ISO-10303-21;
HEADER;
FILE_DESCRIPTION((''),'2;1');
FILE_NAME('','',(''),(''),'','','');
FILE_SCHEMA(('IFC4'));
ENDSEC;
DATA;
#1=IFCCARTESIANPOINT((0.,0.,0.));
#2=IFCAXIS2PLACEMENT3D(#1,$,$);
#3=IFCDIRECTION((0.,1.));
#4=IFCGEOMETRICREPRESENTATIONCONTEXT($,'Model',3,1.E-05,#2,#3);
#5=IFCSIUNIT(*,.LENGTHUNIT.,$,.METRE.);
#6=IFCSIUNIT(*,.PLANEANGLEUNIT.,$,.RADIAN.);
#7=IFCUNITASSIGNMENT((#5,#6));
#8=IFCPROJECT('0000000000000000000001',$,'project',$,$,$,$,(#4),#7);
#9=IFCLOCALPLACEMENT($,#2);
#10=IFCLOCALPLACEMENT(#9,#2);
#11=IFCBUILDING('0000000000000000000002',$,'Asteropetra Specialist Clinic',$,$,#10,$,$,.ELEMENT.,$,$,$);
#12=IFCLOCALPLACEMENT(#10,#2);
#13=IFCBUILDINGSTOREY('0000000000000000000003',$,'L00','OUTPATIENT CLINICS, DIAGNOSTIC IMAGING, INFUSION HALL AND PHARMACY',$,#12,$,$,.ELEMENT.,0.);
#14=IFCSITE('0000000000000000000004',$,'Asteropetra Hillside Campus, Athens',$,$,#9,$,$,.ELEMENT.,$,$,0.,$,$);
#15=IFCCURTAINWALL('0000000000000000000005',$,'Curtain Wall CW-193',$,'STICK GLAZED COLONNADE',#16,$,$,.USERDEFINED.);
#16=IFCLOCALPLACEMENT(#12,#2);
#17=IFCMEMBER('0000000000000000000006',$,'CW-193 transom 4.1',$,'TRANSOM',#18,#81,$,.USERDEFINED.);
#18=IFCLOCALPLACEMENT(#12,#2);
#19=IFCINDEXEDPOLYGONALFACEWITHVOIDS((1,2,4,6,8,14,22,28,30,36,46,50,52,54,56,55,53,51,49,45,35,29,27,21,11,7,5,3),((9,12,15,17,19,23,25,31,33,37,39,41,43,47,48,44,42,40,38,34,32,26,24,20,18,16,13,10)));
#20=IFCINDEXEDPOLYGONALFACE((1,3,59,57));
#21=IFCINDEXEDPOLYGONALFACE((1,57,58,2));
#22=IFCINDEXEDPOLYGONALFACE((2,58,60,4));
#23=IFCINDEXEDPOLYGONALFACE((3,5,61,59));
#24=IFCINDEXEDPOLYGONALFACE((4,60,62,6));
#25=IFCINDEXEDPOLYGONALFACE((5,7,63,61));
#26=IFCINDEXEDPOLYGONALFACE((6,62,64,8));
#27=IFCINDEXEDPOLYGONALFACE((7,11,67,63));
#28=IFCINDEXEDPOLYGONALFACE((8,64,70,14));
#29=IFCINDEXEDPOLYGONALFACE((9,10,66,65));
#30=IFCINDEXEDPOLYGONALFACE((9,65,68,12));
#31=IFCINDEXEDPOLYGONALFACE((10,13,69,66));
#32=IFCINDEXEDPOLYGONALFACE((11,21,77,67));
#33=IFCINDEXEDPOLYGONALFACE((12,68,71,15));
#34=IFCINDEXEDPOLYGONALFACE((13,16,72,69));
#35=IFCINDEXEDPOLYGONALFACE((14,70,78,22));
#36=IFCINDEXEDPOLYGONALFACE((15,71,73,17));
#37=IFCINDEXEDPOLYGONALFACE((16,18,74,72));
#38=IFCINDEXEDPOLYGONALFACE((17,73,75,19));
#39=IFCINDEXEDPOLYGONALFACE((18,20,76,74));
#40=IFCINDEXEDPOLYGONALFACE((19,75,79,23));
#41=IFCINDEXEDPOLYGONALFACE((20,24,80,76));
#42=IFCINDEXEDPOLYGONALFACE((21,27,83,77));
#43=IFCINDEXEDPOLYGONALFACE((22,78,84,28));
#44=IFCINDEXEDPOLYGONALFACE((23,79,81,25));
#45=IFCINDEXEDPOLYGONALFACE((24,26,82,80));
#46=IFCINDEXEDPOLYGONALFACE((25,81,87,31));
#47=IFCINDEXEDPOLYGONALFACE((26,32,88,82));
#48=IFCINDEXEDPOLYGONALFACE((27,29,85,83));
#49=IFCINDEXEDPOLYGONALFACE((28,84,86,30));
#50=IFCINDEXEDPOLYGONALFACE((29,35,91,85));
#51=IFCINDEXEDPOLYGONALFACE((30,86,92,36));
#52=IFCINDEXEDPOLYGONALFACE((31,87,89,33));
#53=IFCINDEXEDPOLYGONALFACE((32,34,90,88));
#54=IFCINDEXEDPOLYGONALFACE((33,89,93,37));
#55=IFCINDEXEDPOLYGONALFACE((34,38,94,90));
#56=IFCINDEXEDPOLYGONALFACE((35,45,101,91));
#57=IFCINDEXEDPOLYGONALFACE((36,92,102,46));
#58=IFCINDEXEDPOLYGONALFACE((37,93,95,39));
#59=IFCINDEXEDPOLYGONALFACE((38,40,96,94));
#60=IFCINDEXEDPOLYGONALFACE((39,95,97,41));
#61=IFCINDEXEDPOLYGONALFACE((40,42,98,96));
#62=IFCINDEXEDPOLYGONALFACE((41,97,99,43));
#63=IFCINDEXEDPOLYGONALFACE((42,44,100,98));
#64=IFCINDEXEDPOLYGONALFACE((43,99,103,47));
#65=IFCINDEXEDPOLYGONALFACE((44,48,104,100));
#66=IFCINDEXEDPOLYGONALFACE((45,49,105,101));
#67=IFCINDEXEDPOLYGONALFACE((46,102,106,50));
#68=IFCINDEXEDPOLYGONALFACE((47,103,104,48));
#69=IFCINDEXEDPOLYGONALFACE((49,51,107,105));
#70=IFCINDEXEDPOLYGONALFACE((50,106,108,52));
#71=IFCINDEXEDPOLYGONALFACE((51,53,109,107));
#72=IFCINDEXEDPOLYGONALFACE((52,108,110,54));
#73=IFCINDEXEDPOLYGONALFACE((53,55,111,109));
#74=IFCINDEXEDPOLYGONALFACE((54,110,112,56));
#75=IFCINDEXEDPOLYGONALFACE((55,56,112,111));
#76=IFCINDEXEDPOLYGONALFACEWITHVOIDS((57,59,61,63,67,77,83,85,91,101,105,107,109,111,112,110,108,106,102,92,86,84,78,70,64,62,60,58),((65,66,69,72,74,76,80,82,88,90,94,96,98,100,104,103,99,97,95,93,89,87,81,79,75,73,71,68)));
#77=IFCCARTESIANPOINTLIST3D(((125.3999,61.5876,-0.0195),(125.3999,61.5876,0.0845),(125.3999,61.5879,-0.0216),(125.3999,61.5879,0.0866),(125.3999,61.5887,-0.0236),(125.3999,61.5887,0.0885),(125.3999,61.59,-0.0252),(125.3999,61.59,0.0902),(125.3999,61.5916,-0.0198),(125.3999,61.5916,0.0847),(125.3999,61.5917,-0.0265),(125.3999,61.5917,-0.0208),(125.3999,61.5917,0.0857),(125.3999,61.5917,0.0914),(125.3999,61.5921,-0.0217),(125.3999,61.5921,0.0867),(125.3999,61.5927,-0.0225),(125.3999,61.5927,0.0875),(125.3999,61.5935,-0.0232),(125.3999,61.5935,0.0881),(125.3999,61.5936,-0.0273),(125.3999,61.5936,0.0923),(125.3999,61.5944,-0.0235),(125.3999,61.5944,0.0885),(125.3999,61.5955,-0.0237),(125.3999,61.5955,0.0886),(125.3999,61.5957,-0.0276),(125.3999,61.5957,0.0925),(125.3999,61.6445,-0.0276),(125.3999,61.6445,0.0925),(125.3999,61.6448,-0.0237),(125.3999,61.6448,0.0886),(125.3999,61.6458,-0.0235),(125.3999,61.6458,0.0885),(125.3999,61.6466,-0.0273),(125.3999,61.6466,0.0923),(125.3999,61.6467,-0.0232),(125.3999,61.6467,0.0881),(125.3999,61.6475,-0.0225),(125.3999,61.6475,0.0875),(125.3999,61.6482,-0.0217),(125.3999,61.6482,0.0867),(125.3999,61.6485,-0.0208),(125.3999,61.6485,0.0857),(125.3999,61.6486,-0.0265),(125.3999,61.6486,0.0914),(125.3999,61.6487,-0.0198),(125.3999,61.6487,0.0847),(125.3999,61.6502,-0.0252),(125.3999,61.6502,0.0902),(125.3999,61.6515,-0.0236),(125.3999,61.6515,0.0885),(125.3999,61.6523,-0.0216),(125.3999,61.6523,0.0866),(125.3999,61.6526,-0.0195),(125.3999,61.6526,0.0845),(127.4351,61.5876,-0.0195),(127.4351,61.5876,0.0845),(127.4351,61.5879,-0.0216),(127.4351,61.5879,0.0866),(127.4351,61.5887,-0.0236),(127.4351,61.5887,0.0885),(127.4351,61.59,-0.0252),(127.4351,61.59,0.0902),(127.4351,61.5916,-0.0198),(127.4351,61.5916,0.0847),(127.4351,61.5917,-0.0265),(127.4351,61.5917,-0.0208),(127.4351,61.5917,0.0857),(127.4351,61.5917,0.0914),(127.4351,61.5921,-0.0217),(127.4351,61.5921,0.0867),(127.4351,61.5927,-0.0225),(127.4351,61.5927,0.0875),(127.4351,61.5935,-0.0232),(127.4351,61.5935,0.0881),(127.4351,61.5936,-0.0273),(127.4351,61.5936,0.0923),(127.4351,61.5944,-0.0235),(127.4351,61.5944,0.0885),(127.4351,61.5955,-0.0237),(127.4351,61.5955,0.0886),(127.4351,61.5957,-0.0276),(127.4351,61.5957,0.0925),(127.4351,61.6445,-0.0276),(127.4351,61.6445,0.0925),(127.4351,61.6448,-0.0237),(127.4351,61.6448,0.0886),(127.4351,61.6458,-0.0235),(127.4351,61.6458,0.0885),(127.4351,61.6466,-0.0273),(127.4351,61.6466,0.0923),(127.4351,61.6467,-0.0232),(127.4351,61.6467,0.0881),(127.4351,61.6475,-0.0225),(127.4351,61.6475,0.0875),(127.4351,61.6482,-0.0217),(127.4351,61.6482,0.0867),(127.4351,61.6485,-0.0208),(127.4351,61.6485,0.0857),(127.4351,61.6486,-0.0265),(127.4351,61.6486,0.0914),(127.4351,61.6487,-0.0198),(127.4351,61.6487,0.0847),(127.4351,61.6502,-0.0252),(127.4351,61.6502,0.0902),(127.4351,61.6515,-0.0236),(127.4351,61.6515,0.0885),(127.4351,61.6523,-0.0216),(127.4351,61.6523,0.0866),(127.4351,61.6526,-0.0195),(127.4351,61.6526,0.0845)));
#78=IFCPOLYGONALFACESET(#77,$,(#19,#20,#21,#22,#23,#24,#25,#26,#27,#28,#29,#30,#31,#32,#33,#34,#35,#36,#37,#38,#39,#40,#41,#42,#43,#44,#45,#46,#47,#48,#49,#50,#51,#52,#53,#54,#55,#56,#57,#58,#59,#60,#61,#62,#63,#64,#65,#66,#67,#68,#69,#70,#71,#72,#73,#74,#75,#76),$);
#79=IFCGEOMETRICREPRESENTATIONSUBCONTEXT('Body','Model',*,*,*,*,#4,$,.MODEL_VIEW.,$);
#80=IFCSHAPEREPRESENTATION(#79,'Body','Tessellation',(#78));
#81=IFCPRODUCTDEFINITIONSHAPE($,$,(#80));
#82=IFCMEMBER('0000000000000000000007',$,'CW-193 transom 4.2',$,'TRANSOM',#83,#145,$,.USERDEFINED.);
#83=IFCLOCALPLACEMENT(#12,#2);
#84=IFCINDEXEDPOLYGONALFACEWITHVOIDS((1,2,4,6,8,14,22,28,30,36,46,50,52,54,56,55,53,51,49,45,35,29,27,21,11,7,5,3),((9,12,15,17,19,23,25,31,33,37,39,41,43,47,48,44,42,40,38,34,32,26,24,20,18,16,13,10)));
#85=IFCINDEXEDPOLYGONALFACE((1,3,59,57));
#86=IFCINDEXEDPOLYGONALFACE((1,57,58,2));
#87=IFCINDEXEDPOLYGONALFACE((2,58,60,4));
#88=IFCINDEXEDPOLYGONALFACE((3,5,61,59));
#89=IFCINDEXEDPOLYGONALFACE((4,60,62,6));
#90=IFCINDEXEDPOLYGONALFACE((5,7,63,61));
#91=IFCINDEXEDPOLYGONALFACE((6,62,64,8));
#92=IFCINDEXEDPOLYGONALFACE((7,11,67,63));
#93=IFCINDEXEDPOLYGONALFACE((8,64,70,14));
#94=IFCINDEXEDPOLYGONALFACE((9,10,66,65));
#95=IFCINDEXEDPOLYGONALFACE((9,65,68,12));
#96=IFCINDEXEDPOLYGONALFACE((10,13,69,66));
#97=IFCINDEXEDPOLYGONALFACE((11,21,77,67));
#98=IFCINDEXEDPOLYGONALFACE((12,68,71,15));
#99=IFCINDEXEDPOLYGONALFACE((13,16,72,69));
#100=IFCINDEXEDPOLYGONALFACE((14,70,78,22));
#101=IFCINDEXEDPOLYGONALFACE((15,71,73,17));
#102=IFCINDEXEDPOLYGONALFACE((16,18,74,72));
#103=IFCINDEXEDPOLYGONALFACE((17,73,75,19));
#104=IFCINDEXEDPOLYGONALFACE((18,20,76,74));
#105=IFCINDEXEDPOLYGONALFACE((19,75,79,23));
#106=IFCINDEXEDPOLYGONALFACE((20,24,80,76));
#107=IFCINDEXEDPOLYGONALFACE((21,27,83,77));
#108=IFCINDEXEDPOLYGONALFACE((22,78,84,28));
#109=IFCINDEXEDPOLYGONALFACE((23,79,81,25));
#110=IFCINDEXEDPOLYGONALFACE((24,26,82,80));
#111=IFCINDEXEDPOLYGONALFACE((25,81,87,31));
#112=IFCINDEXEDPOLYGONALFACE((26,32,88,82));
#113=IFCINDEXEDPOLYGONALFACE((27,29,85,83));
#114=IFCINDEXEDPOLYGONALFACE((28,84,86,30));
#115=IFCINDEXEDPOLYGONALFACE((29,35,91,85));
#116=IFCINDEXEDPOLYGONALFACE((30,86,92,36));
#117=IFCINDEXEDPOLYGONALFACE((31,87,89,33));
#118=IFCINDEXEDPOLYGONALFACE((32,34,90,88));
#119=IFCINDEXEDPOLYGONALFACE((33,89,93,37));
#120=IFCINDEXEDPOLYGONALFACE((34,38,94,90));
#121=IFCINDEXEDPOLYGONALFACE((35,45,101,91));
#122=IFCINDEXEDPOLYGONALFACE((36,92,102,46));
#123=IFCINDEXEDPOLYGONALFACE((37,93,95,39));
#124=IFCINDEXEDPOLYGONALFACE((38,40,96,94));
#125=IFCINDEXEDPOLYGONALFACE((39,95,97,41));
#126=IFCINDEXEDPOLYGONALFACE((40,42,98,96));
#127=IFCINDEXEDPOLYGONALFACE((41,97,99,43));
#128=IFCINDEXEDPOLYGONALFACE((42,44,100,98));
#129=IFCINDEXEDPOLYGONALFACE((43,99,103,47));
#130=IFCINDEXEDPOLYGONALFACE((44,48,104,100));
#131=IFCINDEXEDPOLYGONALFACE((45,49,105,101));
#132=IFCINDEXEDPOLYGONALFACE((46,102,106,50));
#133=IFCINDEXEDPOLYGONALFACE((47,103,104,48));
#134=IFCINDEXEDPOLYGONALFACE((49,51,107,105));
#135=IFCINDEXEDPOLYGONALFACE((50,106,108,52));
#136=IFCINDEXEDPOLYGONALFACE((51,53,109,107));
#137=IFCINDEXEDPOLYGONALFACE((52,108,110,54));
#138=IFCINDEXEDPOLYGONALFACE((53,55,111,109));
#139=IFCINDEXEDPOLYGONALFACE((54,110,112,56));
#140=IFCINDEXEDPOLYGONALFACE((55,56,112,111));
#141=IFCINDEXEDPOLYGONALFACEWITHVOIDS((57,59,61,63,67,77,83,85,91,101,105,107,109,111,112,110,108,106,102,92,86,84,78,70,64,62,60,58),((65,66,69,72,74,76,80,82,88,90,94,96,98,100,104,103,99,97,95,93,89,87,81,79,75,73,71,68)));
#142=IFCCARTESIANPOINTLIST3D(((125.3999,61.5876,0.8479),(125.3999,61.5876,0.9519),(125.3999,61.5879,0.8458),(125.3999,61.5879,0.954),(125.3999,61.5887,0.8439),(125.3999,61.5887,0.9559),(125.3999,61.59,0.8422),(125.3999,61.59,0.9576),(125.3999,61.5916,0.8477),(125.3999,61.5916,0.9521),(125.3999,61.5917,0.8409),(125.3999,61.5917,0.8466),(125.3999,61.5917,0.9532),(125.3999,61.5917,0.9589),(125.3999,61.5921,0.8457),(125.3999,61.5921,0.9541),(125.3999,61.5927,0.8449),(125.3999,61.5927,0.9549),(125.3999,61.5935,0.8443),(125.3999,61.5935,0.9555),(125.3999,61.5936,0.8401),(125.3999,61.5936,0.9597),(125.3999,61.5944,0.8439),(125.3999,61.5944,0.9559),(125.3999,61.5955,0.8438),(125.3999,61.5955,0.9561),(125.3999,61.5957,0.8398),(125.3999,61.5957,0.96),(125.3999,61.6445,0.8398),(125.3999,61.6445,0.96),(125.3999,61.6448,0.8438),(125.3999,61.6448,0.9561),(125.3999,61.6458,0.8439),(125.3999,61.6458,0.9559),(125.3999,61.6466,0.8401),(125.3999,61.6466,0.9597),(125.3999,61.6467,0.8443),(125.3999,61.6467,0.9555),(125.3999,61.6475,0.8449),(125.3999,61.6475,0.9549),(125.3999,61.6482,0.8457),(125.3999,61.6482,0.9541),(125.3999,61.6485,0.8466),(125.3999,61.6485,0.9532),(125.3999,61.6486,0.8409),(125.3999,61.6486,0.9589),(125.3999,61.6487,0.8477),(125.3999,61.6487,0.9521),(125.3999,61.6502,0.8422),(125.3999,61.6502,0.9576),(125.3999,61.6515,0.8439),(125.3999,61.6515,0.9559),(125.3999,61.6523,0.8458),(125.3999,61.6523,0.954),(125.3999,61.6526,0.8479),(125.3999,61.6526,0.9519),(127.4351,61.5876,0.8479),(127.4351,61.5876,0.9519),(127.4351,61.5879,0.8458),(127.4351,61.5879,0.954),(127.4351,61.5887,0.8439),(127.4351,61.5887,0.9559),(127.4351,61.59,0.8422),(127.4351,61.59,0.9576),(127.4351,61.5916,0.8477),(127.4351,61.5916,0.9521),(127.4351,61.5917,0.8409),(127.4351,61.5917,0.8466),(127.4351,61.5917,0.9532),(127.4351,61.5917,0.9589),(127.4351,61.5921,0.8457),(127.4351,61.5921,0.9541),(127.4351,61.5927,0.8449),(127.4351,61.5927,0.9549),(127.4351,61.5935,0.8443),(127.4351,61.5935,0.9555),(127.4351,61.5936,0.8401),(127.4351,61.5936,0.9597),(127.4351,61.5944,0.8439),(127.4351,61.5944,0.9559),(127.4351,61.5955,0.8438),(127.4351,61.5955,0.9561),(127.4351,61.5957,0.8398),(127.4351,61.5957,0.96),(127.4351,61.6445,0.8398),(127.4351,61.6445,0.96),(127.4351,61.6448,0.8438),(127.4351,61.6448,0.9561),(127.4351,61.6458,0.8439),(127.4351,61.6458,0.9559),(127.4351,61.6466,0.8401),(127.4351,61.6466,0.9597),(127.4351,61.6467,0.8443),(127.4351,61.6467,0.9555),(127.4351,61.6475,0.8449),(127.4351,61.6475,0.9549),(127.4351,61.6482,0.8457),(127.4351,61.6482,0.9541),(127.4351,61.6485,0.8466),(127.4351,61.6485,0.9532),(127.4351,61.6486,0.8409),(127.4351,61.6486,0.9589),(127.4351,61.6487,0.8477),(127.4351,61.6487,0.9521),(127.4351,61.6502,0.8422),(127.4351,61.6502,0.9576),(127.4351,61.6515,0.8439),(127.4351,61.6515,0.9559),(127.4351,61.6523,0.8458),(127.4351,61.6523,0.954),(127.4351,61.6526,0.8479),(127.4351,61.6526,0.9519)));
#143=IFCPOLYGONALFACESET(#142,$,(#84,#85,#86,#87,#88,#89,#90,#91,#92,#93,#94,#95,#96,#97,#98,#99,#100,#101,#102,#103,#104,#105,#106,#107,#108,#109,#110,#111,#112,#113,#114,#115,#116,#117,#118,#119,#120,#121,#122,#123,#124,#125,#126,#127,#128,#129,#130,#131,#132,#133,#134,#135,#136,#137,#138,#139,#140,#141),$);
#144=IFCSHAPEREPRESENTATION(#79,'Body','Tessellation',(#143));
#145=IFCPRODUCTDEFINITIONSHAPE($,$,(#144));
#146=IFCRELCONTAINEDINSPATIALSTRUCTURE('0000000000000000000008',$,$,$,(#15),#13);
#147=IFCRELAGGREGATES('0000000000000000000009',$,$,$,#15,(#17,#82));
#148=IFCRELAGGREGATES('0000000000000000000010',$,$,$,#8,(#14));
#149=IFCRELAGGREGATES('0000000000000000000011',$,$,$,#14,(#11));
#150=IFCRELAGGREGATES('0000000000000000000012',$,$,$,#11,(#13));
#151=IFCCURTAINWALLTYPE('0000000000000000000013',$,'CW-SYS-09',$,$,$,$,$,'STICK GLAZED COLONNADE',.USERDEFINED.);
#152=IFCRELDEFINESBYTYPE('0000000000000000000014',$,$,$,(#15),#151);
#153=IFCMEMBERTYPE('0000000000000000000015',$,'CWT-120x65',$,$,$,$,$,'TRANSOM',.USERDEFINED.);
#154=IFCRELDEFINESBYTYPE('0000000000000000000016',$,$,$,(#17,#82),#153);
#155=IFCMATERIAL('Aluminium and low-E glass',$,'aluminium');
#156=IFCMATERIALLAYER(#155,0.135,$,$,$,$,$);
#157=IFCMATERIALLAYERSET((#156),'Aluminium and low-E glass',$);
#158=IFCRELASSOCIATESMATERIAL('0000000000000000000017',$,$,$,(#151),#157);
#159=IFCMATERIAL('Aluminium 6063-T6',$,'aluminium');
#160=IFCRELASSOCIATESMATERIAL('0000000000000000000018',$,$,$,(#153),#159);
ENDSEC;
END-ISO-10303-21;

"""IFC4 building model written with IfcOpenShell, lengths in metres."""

from ifc_helpers import new_model, si_unit, direction, frame, origin, origin_2d, place, context, subcontext, project, spatial, hollow_rectangle, extrude, material, layer, layer_set, material_profile, profile_set, type_object, element, aggregate, save


model = new_model("IFC4")

# Units and contexts
model_context = context("Model", 3, precision=1e-05, world=origin(), true_north=direction((0.0, 1.0)))
body_context = subcontext(model_context, "Body", "Model", "MODEL_VIEW")
ifc_project = project(units=[si_unit("LENGTHUNIT", "METRE"), si_unit("PLANEANGLEUNIT", "RADIAN")], contexts=[model_context])

# Site, building, storey
site_placement = place(None, origin())
site = spatial("IfcSite", under=ifc_project, at=site_placement, Name="Asteropetra Hillside Campus, Athens", CompositionType="ELEMENT", RefElevation=0.0)
building_placement = place(site_placement, origin())
building = spatial("IfcBuilding", under=site, at=building_placement, Name="Asteropetra Specialist Clinic", CompositionType="ELEMENT")
storey_placement = place(building_placement, origin())
storey = spatial("IfcBuildingStorey", under=building, at=storey_placement, Name="L00", Description="OUTPATIENT CLINICS, DIAGNOSTIC IMAGING, INFUSION HALL AND PHARMACY", CompositionType="ELEMENT", Elevation=0.0)

# Curtain wall, members
ifc_material_1 = material(Name="Aluminium and low-E glass", Category="aluminium")
ifc_layer_1 = layer(ifc_material_1, 0.135)
ifc_layer_set_1 = layer_set([ifc_layer_1], Name="Aluminium and low-E glass")
curtain_wall_type = type_object("IfcCurtainWallType", Name="CW-SYS-09", ElementType="STICK GLAZED COLONNADE", PredefinedType="USERDEFINED", material=ifc_layer_set_1)
curtain_wall_placement = place(storey_placement, origin())
curtain_wall = element("IfcCurtainWall", 1, at=curtain_wall_placement, inside=storey, type_object=curtain_wall_type, Name="Curtain Wall CW-193", ObjectType="STICK GLAZED COLONNADE", PredefinedType="USERDEFINED")
ifc_material_2 = material(Name="Aluminium 6063-T6", Category="aluminium")
ifc_material_profile_1 = material_profile(ifc_material_2, hollow_rectangle(XDim=0.0649, YDim=0.1201, WallThickness=0.0039, InnerFilletRadius=0.0039, OuterFilletRadius=0.0081, at=origin_2d()), Name="TRN 120x65x4.0")
ifc_profile_set_1 = profile_set([ifc_material_profile_1], Name="Aluminium 6063-T6")
member_type_1 = type_object("IfcMemberType", Name="CWT-120x65", ElementType="TRANSOM", PredefinedType="USERDEFINED", material=ifc_profile_set_1)
member_1_placement = place(storey_placement, frame((127.4351, 61.6201, 0.0325), z_axis=(-1.0, 0.0, 0.0), x_axis=(0.0, -1.0, 0.0)))
member_1 = element("IfcMember", 2, at=member_1_placement, type_object=member_type_1, Name="CW-193 transom 4.1", ObjectType="TRANSOM", PredefinedType="USERDEFINED", context=body_context, shape_type="SweptSolid", body=[
    extrude(hollow_rectangle(XDim=0.0649, YDim=0.1201, WallThickness=0.0039, InnerFilletRadius=0.0039, OuterFilletRadius=0.0081, at=origin_2d()), origin(), (0.0, 0.0, 1.0), 2.0352),
])
member_2_placement = place(storey_placement, frame((127.4351, 61.6201, 0.8999), z_axis=(-1.0, 0.0, 0.0), x_axis=(0.0, -1.0, 0.0)))
member_2 = element("IfcMember", 3, at=member_2_placement, type_object=member_type_1, Name="CW-193 transom 4.2", ObjectType="TRANSOM", PredefinedType="USERDEFINED", context=body_context, shape_type="SweptSolid", body=[
    extrude(hollow_rectangle(XDim=0.0649, YDim=0.1201, WallThickness=0.0039, InnerFilletRadius=0.0039, OuterFilletRadius=0.0081, at=origin_2d()), origin(), (0.0, 0.0, 1.0), 2.0352),
])
aggregate(curtain_wall, [member_1, member_2])

save(model, "model.ifc")
